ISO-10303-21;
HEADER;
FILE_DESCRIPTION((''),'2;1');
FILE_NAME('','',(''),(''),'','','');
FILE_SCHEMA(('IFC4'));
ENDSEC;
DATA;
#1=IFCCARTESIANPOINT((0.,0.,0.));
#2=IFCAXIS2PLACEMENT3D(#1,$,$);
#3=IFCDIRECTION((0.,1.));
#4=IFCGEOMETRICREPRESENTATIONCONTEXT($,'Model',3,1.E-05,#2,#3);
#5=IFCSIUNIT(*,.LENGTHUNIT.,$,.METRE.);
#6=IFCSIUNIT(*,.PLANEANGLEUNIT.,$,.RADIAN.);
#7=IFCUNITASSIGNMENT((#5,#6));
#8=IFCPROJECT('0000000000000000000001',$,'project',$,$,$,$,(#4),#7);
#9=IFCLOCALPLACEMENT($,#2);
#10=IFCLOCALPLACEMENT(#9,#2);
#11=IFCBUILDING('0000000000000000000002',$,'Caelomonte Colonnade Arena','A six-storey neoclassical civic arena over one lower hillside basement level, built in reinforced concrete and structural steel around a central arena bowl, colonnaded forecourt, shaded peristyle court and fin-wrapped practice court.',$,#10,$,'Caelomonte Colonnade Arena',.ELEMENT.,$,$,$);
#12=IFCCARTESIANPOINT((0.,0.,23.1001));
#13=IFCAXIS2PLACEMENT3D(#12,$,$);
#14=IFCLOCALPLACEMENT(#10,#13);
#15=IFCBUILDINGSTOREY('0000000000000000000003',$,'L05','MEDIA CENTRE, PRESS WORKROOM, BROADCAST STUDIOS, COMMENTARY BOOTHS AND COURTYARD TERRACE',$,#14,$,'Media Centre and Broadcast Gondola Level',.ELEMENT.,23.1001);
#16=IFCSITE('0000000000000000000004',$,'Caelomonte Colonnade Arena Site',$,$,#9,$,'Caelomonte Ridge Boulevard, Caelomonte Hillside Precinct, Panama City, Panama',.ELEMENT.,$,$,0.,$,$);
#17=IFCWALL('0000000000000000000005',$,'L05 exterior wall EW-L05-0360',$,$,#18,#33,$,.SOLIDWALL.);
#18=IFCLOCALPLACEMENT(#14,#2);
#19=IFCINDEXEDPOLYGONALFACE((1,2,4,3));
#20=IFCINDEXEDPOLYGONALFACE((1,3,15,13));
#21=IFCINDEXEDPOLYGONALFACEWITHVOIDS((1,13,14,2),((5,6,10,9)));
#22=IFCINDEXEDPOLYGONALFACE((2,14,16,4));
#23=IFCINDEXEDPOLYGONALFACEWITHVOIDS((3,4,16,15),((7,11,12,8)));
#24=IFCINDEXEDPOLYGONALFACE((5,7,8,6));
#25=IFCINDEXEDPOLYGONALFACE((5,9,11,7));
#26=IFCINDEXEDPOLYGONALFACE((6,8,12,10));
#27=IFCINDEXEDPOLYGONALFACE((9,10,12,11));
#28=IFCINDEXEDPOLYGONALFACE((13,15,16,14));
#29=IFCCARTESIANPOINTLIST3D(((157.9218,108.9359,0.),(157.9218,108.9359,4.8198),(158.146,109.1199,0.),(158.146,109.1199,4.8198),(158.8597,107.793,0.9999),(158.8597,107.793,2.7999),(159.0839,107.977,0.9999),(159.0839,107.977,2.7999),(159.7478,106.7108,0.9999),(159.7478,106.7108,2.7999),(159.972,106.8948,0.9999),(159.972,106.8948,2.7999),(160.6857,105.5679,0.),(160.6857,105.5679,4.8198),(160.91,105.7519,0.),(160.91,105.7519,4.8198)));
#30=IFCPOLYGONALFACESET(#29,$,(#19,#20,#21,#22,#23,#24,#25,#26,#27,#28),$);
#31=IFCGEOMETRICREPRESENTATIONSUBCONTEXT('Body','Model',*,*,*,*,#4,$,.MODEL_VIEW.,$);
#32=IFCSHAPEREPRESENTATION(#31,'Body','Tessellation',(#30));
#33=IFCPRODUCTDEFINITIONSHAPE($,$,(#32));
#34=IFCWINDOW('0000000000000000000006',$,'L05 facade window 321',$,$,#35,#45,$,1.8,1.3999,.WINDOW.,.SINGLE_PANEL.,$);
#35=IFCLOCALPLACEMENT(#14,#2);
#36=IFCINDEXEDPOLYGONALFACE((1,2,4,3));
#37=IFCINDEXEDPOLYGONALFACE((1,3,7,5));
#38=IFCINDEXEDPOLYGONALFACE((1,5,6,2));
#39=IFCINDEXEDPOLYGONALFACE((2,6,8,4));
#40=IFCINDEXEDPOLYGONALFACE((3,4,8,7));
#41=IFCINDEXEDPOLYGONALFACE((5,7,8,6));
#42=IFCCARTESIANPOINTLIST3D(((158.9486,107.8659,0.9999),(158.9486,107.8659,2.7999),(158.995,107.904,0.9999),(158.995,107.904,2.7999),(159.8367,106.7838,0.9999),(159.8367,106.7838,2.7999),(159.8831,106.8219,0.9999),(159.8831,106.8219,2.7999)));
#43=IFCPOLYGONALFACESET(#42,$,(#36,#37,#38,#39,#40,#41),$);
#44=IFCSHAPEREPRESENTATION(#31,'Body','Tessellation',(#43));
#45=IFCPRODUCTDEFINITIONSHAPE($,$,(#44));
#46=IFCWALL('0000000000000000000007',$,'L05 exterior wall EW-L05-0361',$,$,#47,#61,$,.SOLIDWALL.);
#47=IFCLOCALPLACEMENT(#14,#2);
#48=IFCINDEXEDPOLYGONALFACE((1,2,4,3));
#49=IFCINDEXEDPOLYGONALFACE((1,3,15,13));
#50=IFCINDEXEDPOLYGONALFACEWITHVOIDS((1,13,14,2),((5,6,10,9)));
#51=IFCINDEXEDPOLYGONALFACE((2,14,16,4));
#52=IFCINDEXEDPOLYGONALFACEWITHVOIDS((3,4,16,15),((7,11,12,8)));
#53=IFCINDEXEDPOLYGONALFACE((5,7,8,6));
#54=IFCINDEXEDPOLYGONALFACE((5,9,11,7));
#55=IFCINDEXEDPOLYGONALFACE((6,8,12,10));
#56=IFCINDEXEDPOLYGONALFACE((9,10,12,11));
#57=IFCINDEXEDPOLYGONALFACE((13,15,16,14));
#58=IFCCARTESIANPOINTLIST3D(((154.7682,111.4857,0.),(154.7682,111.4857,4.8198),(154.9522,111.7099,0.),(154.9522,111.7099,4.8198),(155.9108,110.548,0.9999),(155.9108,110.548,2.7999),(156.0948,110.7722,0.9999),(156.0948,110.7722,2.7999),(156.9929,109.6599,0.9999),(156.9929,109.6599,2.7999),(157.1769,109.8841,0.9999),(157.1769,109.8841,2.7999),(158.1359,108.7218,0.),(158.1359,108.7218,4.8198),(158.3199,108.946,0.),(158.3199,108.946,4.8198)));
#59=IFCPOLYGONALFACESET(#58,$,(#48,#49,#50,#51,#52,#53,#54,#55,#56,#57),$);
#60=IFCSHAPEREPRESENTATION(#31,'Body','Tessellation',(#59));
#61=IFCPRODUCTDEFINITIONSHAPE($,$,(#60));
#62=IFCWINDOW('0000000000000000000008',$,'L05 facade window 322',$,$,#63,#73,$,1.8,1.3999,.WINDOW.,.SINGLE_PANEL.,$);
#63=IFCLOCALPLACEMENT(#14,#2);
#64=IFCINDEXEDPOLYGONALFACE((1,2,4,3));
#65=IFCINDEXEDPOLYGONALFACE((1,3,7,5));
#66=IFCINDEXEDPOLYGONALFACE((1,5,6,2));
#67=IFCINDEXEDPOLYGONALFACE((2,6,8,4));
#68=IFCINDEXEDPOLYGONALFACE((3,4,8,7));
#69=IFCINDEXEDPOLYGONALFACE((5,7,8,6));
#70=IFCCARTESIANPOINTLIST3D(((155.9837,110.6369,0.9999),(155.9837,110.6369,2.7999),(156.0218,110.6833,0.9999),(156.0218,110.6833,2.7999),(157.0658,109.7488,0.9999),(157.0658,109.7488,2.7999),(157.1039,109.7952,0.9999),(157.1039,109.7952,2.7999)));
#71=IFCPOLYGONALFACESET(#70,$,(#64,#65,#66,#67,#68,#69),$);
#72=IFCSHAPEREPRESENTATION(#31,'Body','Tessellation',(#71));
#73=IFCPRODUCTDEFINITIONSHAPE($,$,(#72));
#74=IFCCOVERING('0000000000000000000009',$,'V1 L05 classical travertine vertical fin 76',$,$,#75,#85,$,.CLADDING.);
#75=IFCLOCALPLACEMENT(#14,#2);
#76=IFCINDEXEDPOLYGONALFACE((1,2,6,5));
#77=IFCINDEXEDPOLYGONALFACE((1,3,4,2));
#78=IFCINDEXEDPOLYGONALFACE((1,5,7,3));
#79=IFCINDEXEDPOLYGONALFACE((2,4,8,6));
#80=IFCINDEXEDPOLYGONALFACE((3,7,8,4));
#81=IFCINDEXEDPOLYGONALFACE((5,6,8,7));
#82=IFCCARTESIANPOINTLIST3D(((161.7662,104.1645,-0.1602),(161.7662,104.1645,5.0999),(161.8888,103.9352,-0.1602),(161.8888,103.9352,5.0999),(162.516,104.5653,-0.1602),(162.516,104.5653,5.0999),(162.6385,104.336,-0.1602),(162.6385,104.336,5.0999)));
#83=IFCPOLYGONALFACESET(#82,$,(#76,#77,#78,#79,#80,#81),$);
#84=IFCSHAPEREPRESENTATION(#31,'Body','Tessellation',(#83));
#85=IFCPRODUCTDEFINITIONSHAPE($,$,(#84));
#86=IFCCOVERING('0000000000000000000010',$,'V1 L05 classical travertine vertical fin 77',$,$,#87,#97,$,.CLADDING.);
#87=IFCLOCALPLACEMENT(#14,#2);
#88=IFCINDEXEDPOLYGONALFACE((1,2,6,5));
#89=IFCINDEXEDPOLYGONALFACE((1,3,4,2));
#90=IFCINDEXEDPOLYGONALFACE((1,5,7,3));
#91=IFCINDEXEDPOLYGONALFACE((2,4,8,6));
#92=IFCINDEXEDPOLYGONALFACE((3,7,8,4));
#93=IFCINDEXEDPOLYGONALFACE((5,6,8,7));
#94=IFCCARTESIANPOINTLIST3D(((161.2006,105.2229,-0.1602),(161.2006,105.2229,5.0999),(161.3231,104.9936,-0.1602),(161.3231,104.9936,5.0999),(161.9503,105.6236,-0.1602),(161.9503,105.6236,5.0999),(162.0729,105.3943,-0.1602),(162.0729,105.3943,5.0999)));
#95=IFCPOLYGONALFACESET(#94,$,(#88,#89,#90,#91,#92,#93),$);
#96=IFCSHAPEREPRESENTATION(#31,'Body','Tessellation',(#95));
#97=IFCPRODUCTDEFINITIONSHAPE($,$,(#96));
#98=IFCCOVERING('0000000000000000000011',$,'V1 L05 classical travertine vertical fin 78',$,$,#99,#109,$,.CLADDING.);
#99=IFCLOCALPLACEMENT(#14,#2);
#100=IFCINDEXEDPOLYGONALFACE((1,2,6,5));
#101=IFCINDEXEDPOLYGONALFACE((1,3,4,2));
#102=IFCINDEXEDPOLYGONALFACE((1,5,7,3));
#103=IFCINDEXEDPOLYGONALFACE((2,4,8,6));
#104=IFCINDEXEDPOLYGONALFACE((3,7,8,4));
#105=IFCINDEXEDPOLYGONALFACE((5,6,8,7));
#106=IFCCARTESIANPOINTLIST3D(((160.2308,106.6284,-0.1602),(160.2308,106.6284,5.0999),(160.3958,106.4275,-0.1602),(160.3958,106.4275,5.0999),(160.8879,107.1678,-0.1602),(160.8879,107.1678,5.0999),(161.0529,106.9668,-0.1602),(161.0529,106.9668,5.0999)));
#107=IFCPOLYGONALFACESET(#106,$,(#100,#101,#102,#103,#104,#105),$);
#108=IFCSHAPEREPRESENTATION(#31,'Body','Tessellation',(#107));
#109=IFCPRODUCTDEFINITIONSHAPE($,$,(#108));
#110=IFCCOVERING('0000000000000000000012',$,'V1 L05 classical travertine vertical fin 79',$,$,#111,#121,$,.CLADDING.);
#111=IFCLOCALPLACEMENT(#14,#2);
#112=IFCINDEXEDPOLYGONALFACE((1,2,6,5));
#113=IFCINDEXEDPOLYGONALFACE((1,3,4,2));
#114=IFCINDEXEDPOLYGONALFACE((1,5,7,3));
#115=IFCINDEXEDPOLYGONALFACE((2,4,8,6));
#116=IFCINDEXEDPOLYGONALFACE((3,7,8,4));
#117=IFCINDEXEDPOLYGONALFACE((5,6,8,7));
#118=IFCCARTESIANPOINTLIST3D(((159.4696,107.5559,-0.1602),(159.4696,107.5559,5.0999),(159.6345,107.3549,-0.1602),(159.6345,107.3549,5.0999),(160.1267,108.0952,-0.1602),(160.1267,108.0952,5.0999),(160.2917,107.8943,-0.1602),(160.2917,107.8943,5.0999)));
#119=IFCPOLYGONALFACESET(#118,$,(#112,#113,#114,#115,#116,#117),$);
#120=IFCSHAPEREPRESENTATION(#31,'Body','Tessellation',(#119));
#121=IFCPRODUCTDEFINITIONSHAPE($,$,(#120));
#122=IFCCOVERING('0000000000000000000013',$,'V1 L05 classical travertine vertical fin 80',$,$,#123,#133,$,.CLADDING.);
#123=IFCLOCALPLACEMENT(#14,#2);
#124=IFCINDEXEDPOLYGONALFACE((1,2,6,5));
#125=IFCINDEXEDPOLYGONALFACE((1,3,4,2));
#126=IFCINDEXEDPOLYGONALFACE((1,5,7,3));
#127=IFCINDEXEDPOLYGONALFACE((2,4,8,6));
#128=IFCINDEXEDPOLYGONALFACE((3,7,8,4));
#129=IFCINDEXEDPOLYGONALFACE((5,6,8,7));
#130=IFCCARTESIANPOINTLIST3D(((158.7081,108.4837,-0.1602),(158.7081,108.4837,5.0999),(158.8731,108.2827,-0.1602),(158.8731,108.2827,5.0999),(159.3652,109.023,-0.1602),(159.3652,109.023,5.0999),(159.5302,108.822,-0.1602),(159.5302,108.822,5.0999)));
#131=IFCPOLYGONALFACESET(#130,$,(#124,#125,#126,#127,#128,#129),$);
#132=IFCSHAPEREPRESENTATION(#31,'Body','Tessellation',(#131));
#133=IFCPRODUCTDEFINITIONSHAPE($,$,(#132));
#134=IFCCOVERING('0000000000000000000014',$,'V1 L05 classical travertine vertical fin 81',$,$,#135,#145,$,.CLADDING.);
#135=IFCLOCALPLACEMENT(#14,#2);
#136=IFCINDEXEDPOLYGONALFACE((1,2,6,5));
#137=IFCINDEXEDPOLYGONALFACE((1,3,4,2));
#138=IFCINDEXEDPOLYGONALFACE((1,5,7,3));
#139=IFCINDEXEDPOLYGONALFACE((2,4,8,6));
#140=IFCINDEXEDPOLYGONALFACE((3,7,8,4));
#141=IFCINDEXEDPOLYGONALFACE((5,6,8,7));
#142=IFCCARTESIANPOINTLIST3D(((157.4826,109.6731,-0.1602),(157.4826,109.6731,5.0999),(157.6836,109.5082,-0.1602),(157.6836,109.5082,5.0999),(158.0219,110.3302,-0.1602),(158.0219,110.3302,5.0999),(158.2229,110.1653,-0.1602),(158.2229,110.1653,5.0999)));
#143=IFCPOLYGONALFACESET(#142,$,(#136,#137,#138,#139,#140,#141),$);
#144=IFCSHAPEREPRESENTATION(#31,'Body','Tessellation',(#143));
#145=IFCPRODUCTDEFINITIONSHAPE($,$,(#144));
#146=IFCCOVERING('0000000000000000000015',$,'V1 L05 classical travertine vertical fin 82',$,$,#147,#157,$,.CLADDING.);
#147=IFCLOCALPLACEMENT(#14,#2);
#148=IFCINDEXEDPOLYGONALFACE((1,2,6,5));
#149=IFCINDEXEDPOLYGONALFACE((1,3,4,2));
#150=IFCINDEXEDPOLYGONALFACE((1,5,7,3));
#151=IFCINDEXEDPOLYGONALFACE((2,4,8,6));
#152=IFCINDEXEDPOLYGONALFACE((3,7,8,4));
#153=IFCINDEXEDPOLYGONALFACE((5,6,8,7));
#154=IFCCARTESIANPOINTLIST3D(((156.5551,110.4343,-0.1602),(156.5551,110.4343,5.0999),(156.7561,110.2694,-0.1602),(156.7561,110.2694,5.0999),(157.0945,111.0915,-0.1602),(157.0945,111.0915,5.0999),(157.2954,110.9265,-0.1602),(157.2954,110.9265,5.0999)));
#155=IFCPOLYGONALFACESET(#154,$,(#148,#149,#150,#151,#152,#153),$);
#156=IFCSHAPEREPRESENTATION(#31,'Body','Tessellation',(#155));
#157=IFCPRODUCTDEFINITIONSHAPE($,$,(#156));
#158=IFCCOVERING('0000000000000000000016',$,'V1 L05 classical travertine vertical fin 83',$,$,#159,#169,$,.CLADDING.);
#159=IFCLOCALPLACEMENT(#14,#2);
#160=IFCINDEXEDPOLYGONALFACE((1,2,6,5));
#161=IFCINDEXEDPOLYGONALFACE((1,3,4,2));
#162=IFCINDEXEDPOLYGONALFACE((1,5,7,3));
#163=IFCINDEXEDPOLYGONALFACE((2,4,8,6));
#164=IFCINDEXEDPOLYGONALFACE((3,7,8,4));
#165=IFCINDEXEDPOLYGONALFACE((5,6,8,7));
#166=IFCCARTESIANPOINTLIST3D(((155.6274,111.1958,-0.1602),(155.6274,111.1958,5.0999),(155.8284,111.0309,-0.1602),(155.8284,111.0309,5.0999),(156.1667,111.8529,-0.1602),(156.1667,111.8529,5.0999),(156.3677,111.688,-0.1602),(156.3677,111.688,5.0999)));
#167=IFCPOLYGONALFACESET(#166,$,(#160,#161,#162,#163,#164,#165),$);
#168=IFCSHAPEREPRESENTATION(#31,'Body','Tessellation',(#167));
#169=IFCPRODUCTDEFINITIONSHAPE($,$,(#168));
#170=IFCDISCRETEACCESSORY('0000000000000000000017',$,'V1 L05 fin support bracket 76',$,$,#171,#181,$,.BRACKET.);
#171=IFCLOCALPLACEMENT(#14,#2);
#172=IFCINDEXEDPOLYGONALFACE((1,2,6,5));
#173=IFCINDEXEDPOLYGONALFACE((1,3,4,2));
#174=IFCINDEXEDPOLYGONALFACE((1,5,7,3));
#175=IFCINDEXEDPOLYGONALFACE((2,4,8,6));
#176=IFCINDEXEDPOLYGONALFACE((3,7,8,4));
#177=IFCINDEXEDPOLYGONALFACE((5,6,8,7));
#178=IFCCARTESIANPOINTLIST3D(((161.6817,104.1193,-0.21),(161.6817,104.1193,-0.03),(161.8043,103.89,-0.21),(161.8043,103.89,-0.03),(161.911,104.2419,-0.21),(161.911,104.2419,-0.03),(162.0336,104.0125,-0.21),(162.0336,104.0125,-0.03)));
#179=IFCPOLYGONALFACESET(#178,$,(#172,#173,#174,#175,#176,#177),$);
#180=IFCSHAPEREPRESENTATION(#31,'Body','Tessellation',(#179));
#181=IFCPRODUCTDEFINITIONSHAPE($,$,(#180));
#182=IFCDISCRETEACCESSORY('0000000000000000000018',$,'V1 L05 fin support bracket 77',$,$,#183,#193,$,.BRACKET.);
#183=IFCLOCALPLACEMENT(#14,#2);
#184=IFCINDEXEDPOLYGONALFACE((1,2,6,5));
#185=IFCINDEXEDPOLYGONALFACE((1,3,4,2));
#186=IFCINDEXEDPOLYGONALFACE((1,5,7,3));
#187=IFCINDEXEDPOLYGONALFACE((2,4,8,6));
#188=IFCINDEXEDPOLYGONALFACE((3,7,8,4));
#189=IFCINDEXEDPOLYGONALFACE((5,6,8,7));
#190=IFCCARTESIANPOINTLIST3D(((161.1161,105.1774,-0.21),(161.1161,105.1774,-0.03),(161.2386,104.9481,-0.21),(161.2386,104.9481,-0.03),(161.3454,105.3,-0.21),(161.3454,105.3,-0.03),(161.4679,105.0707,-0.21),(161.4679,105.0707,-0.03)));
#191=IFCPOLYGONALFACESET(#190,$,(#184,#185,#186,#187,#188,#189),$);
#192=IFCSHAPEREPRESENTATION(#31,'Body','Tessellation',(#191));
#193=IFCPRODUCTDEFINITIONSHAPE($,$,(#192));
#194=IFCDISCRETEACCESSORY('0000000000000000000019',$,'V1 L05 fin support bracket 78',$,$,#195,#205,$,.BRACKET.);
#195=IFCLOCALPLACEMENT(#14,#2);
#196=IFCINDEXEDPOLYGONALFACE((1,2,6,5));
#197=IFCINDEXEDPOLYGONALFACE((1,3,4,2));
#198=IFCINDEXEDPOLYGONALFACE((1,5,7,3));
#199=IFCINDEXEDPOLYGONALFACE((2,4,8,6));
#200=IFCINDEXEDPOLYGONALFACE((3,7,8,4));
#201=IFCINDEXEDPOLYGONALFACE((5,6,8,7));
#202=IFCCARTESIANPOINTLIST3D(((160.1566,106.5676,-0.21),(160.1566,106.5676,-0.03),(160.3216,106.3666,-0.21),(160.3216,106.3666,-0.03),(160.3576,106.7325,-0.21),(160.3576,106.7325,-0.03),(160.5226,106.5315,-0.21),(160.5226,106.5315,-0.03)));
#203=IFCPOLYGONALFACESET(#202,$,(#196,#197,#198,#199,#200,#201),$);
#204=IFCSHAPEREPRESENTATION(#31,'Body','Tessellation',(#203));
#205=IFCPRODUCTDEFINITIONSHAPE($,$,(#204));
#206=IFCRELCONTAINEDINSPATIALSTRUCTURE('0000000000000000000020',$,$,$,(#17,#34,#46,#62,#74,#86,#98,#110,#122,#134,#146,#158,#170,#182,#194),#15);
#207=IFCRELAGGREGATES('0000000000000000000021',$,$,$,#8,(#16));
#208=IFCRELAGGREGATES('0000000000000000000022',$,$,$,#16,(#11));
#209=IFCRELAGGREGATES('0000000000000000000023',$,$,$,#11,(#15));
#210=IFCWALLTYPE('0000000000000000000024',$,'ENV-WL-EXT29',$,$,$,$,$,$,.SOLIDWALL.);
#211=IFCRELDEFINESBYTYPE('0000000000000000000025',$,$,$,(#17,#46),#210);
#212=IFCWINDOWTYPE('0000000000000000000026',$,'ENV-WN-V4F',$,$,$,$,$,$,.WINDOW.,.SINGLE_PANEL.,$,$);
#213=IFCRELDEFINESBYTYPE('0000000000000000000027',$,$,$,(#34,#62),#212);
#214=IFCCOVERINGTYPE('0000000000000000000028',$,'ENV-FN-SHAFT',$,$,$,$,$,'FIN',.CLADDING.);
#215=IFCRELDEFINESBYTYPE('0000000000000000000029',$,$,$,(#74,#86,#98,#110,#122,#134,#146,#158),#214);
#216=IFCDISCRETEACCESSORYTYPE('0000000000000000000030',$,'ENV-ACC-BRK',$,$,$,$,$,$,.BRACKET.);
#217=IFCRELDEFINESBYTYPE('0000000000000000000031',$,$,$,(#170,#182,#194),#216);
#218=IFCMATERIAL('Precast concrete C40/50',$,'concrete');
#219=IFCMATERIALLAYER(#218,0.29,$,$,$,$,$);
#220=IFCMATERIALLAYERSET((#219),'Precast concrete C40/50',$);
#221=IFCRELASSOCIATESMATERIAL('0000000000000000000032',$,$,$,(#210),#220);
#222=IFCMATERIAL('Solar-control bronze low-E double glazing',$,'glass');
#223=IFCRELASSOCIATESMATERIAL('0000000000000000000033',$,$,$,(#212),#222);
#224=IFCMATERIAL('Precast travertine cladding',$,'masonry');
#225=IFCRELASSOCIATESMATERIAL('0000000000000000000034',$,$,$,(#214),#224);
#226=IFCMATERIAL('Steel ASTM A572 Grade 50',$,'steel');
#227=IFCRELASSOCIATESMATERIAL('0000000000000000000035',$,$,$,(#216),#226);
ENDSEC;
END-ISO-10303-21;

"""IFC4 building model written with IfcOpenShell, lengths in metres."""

from ifc_helpers import new_model, si_unit, direction, frame, frame_2d, origin, origin_2d, place, context, subcontext, project, spatial, rectangle, extrude, material, layer, layer_set, material_profile, profile_set, type_object, element, fill, save


model = new_model("IFC4")

# Units and contexts
model_context = context("Model", 3, precision=1e-05, world=origin(), true_north=direction((0.0, 1.0)))
body_context = subcontext(model_context, "Body", "Model", "MODEL_VIEW")
ifc_project = project(units=[si_unit("LENGTHUNIT", "METRE"), si_unit("PLANEANGLEUNIT", "RADIAN")], contexts=[model_context])

# Site, building, storey
site_placement = place(None, origin())
site = spatial("IfcSite", under=ifc_project, at=site_placement, Name="Caelomonte Colonnade Arena Site", LongName="Caelomonte Ridge Boulevard, Caelomonte Hillside Precinct, Panama City, Panama", CompositionType="ELEMENT", RefElevation=0.0)
building_placement = place(site_placement, origin())
building = spatial("IfcBuilding", under=site, at=building_placement, Name="Caelomonte Colonnade Arena", Description="A six-storey neoclassical civic arena over one lower hillside basement level, built in reinforced concrete and structural steel around a central arena bowl, colonnaded forecourt, shaded peristyle court and fin-wrapped practice court.", LongName="Caelomonte Colonnade Arena", CompositionType="ELEMENT")
storey_placement = place(building_placement, frame((0.0, 0.0, 23.1001)))
storey = spatial("IfcBuildingStorey", under=building, at=storey_placement, Name="L05", Description="MEDIA CENTRE, PRESS WORKROOM, BROADCAST STUDIOS, COMMENTARY BOOTHS AND COURTYARD TERRACE", LongName="Media Centre and Broadcast Gondola Level", CompositionType="ELEMENT", Elevation=23.1001)

# Walls, openings, windows
ifc_material_1 = material(Name="Precast concrete C40/50", Category="concrete")
ifc_layer_1 = layer(ifc_material_1, 0.29)
ifc_layer_set_1 = layer_set([ifc_layer_1], Name="Precast concrete C40/50")
wall_type = type_object("IfcWallType", Name="ENV-WL-EXT29", PredefinedType="SOLIDWALL", material=ifc_layer_set_1)
wall_1_placement = place(storey_placement, frame((160.7979, 105.6599, 0.0), z_axis=(0.0, 0.0, 1.0), x_axis=(-0.634384, 0.773018, 0.0)))
wall_1 = element("IfcWall", 1, at=wall_1_placement, inside=storey, type_object=wall_type, Name="L05 exterior wall EW-L05-0360", PredefinedType="SOLIDWALL", context=body_context, shape_type="SweptSolid", body=[
    extrude(rectangle(XDim=4.3569, YDim=0.29, at=frame_2d((2.1785, 0.0))), origin(), (0.0, 0.0, 1.0), 4.8198),
])
opening_1_placement = place(wall_1_placement, frame((2.8784, 0.0, 1.0), z_axis=(0.0, 0.0, 1.0), x_axis=(-1.0, 0.0, 0.0)))
opening_1 = element("IfcOpeningElement", 2, at=opening_1_placement, cuts=wall_1, PredefinedType="OPENING", context=body_context, shape_type="SweptSolid", body=[
    extrude(rectangle(XDim=1.3999, YDim=1.8, at=frame_2d((0.7, 0.8999))), frame((0.0, 0.155, 0.0), z_axis=(0.0, -1.0, 0.0), x_axis=(1.0, 0.0, 0.0)), (0.0, 0.0, 1.0), 0.3101),
])
ifc_material_2 = material(Name="Solar-control bronze low-E double glazing", Category="glass")
window_type = type_object("IfcWindowType", Name="ENV-WN-V4F", PartitioningType="SINGLE_PANEL", PredefinedType="WINDOW", material=ifc_material_2)
window_1_placement = place(opening_1_placement, origin())
window_1 = element("IfcWindow", 3, at=window_1_placement, inside=storey, type_object=window_type, Name="L05 facade window 321", OverallHeight=1.8, OverallWidth=1.3999, PartitioningType="SINGLE_PANEL", PredefinedType="WINDOW", context=body_context, shape_type="SweptSolid", body=[
    extrude(rectangle(XDim=1.3999, YDim=1.8, at=frame_2d((0.7, 0.8999))), frame((0.0, 0.03, 0.0), z_axis=(0.0, -1.0, 0.0), x_axis=(1.0, 0.0, 0.0)), (0.0, 0.0, 1.0), 0.0601),
])
fill(opening_1, window_1)
wall_2_placement = place(storey_placement, frame((158.2278, 108.834, 0.0), z_axis=(0.0, 0.0, 1.0), x_axis=(-0.772995, 0.634412, 0.0)))
wall_2 = element("IfcWall", 4, at=wall_2_placement, inside=storey, type_object=wall_type, Name="L05 exterior wall EW-L05-0361", PredefinedType="SOLIDWALL", context=body_context, shape_type="SweptSolid", body=[
    extrude(rectangle(XDim=4.3567, YDim=0.29, at=frame_2d((2.1782, 0.0))), origin(), (0.0, 0.0, 1.0), 4.8198),
])
opening_2_placement = place(wall_2_placement, frame((2.8784, 0.0, 1.0), z_axis=(0.0, 0.0, 1.0), x_axis=(-1.0, 0.0, 0.0)))
opening_2 = element("IfcOpeningElement", 5, at=opening_2_placement, cuts=wall_2, PredefinedType="OPENING", context=body_context, shape_type="SweptSolid", body=[
    extrude(rectangle(XDim=1.3999, YDim=1.8, at=frame_2d((0.7, 0.8999))), frame((0.0, 0.155, 0.0), z_axis=(0.0, -1.0, 0.0), x_axis=(1.0, 0.0, 0.0)), (0.0, 0.0, 1.0), 0.3101),
])
window_2_placement = place(opening_2_placement, origin())
window_2 = element("IfcWindow", 6, at=window_2_placement, inside=storey, type_object=window_type, Name="L05 facade window 322", OverallHeight=1.8, OverallWidth=1.3999, PartitioningType="SINGLE_PANEL", PredefinedType="WINDOW", context=body_context, shape_type="SweptSolid", body=[
    extrude(rectangle(XDim=1.3999, YDim=1.8, at=frame_2d((0.7, 0.8999))), frame((0.0, 0.03, 0.0), z_axis=(0.0, -1.0, 0.0), x_axis=(1.0, 0.0, 0.0)), (0.0, 0.0, 1.0), 0.0601),
])
fill(opening_2, window_2)

# Coverings
ifc_material_3 = material(Name="Precast travertine cladding", Category="masonry")
ifc_material_profile_1 = material_profile(ifc_material_3, rectangle(XDim=0.26, YDim=0.8501, at=origin_2d()), Name="FIN260X850")
ifc_profile_set_1 = profile_set([ifc_material_profile_1], Name="Precast travertine cladding")
covering_type = type_object("IfcCoveringType", Name="ENV-FN-SHAFT", ElementType="FIN", PredefinedType="CLADDING", material=ifc_profile_set_1)
for number, where, z_axis, x_axis, name in (
    (7, (162.2024, 104.2502, -0.1602), (0.0, 0.0, 1.0), (0.471397, -0.881921, 0.0), "V1 L05 classical travertine vertical fin 76"),
    (8, (161.6367, 105.3086, -0.1602), (0.0, 0.0, 1.0), (0.471397, -0.881921, 0.0), "V1 L05 classical travertine vertical fin 77"),
    (9, (160.6418, 106.7976, -0.1602), (0.0, 0.0, 1.0), (0.634414, -0.772994, 0.0), "V1 L05 classical travertine vertical fin 78"),
    (10, (159.8806, 107.7251, -0.1602), (0.0, 0.0, 1.0), (0.634414, -0.772994, 0.0), "V1 L05 classical travertine vertical fin 79"),
    (11, (159.1191, 108.6528, -0.1602), (0.0, 0.0, 1.0), (0.634414, -0.772994, 0.0), "V1 L05 classical travertine vertical fin 80"),
    (12, (157.8528, 109.9192, -0.1602), (0.0, 0.0, 1.0), (0.772994, -0.634414, 0.0), "V1 L05 classical travertine vertical fin 81"),
    (13, (156.9253, 110.6804, -0.1602), (0.0, 0.0, 1.0), (0.772994, -0.634414, 0.0), "V1 L05 classical travertine vertical fin 82"),
    (14, (155.9976, 111.4419, -0.1602), (0.0, 0.0, 1.0), (0.772994, -0.634414, 0.0), "V1 L05 classical travertine vertical fin 83"),
):
    element("IfcCovering", number, at=place(storey_placement, frame(where, z_axis=z_axis, x_axis=x_axis)), inside=storey, type_object=covering_type, Name=name, PredefinedType="CLADDING", context=body_context, shape_type="SweptSolid", body=[
        extrude(rectangle(XDim=0.26, YDim=0.8501, at=origin_2d()), origin(), (0.0, 0.0, 1.0), 5.26),
    ])

# Discrete accessories
ifc_material_4 = material(Name="Steel ASTM A572 Grade 50", Category="steel")
discrete_accessory_type = type_object("IfcDiscreteAccessoryType", Name="ENV-ACC-BRK", PredefinedType="BRACKET", material=ifc_material_4)
for number, where, z_axis, x_axis, name in (
    (15, (161.8577, 104.0659, -0.21), (0.0, 0.0, 1.0), (-0.471397, 0.881921, 0.0), "V1 L05 fin support bracket 76"),
    (16, (161.292, 105.124, -0.21), (0.0, 0.0, 1.0), (-0.471397, 0.881921, 0.0), "V1 L05 fin support bracket 77"),
    (17, (160.3396, 106.5496, -0.21), (0.0, 0.0, 1.0), (-0.634414, 0.772994, 0.0), "V1 L05 fin support bracket 78"),
):
    element("IfcDiscreteAccessory", number, at=place(storey_placement, frame(where, z_axis=z_axis, x_axis=x_axis)), inside=storey, type_object=discrete_accessory_type, Name=name, PredefinedType="BRACKET", context=body_context, shape_type="SweptSolid", body=[
        extrude(rectangle(XDim=0.26, YDim=0.26, at=origin_2d()), origin(), (0.0, 0.0, 1.0), 0.1799),
    ])

save(model, "model.ifc")
